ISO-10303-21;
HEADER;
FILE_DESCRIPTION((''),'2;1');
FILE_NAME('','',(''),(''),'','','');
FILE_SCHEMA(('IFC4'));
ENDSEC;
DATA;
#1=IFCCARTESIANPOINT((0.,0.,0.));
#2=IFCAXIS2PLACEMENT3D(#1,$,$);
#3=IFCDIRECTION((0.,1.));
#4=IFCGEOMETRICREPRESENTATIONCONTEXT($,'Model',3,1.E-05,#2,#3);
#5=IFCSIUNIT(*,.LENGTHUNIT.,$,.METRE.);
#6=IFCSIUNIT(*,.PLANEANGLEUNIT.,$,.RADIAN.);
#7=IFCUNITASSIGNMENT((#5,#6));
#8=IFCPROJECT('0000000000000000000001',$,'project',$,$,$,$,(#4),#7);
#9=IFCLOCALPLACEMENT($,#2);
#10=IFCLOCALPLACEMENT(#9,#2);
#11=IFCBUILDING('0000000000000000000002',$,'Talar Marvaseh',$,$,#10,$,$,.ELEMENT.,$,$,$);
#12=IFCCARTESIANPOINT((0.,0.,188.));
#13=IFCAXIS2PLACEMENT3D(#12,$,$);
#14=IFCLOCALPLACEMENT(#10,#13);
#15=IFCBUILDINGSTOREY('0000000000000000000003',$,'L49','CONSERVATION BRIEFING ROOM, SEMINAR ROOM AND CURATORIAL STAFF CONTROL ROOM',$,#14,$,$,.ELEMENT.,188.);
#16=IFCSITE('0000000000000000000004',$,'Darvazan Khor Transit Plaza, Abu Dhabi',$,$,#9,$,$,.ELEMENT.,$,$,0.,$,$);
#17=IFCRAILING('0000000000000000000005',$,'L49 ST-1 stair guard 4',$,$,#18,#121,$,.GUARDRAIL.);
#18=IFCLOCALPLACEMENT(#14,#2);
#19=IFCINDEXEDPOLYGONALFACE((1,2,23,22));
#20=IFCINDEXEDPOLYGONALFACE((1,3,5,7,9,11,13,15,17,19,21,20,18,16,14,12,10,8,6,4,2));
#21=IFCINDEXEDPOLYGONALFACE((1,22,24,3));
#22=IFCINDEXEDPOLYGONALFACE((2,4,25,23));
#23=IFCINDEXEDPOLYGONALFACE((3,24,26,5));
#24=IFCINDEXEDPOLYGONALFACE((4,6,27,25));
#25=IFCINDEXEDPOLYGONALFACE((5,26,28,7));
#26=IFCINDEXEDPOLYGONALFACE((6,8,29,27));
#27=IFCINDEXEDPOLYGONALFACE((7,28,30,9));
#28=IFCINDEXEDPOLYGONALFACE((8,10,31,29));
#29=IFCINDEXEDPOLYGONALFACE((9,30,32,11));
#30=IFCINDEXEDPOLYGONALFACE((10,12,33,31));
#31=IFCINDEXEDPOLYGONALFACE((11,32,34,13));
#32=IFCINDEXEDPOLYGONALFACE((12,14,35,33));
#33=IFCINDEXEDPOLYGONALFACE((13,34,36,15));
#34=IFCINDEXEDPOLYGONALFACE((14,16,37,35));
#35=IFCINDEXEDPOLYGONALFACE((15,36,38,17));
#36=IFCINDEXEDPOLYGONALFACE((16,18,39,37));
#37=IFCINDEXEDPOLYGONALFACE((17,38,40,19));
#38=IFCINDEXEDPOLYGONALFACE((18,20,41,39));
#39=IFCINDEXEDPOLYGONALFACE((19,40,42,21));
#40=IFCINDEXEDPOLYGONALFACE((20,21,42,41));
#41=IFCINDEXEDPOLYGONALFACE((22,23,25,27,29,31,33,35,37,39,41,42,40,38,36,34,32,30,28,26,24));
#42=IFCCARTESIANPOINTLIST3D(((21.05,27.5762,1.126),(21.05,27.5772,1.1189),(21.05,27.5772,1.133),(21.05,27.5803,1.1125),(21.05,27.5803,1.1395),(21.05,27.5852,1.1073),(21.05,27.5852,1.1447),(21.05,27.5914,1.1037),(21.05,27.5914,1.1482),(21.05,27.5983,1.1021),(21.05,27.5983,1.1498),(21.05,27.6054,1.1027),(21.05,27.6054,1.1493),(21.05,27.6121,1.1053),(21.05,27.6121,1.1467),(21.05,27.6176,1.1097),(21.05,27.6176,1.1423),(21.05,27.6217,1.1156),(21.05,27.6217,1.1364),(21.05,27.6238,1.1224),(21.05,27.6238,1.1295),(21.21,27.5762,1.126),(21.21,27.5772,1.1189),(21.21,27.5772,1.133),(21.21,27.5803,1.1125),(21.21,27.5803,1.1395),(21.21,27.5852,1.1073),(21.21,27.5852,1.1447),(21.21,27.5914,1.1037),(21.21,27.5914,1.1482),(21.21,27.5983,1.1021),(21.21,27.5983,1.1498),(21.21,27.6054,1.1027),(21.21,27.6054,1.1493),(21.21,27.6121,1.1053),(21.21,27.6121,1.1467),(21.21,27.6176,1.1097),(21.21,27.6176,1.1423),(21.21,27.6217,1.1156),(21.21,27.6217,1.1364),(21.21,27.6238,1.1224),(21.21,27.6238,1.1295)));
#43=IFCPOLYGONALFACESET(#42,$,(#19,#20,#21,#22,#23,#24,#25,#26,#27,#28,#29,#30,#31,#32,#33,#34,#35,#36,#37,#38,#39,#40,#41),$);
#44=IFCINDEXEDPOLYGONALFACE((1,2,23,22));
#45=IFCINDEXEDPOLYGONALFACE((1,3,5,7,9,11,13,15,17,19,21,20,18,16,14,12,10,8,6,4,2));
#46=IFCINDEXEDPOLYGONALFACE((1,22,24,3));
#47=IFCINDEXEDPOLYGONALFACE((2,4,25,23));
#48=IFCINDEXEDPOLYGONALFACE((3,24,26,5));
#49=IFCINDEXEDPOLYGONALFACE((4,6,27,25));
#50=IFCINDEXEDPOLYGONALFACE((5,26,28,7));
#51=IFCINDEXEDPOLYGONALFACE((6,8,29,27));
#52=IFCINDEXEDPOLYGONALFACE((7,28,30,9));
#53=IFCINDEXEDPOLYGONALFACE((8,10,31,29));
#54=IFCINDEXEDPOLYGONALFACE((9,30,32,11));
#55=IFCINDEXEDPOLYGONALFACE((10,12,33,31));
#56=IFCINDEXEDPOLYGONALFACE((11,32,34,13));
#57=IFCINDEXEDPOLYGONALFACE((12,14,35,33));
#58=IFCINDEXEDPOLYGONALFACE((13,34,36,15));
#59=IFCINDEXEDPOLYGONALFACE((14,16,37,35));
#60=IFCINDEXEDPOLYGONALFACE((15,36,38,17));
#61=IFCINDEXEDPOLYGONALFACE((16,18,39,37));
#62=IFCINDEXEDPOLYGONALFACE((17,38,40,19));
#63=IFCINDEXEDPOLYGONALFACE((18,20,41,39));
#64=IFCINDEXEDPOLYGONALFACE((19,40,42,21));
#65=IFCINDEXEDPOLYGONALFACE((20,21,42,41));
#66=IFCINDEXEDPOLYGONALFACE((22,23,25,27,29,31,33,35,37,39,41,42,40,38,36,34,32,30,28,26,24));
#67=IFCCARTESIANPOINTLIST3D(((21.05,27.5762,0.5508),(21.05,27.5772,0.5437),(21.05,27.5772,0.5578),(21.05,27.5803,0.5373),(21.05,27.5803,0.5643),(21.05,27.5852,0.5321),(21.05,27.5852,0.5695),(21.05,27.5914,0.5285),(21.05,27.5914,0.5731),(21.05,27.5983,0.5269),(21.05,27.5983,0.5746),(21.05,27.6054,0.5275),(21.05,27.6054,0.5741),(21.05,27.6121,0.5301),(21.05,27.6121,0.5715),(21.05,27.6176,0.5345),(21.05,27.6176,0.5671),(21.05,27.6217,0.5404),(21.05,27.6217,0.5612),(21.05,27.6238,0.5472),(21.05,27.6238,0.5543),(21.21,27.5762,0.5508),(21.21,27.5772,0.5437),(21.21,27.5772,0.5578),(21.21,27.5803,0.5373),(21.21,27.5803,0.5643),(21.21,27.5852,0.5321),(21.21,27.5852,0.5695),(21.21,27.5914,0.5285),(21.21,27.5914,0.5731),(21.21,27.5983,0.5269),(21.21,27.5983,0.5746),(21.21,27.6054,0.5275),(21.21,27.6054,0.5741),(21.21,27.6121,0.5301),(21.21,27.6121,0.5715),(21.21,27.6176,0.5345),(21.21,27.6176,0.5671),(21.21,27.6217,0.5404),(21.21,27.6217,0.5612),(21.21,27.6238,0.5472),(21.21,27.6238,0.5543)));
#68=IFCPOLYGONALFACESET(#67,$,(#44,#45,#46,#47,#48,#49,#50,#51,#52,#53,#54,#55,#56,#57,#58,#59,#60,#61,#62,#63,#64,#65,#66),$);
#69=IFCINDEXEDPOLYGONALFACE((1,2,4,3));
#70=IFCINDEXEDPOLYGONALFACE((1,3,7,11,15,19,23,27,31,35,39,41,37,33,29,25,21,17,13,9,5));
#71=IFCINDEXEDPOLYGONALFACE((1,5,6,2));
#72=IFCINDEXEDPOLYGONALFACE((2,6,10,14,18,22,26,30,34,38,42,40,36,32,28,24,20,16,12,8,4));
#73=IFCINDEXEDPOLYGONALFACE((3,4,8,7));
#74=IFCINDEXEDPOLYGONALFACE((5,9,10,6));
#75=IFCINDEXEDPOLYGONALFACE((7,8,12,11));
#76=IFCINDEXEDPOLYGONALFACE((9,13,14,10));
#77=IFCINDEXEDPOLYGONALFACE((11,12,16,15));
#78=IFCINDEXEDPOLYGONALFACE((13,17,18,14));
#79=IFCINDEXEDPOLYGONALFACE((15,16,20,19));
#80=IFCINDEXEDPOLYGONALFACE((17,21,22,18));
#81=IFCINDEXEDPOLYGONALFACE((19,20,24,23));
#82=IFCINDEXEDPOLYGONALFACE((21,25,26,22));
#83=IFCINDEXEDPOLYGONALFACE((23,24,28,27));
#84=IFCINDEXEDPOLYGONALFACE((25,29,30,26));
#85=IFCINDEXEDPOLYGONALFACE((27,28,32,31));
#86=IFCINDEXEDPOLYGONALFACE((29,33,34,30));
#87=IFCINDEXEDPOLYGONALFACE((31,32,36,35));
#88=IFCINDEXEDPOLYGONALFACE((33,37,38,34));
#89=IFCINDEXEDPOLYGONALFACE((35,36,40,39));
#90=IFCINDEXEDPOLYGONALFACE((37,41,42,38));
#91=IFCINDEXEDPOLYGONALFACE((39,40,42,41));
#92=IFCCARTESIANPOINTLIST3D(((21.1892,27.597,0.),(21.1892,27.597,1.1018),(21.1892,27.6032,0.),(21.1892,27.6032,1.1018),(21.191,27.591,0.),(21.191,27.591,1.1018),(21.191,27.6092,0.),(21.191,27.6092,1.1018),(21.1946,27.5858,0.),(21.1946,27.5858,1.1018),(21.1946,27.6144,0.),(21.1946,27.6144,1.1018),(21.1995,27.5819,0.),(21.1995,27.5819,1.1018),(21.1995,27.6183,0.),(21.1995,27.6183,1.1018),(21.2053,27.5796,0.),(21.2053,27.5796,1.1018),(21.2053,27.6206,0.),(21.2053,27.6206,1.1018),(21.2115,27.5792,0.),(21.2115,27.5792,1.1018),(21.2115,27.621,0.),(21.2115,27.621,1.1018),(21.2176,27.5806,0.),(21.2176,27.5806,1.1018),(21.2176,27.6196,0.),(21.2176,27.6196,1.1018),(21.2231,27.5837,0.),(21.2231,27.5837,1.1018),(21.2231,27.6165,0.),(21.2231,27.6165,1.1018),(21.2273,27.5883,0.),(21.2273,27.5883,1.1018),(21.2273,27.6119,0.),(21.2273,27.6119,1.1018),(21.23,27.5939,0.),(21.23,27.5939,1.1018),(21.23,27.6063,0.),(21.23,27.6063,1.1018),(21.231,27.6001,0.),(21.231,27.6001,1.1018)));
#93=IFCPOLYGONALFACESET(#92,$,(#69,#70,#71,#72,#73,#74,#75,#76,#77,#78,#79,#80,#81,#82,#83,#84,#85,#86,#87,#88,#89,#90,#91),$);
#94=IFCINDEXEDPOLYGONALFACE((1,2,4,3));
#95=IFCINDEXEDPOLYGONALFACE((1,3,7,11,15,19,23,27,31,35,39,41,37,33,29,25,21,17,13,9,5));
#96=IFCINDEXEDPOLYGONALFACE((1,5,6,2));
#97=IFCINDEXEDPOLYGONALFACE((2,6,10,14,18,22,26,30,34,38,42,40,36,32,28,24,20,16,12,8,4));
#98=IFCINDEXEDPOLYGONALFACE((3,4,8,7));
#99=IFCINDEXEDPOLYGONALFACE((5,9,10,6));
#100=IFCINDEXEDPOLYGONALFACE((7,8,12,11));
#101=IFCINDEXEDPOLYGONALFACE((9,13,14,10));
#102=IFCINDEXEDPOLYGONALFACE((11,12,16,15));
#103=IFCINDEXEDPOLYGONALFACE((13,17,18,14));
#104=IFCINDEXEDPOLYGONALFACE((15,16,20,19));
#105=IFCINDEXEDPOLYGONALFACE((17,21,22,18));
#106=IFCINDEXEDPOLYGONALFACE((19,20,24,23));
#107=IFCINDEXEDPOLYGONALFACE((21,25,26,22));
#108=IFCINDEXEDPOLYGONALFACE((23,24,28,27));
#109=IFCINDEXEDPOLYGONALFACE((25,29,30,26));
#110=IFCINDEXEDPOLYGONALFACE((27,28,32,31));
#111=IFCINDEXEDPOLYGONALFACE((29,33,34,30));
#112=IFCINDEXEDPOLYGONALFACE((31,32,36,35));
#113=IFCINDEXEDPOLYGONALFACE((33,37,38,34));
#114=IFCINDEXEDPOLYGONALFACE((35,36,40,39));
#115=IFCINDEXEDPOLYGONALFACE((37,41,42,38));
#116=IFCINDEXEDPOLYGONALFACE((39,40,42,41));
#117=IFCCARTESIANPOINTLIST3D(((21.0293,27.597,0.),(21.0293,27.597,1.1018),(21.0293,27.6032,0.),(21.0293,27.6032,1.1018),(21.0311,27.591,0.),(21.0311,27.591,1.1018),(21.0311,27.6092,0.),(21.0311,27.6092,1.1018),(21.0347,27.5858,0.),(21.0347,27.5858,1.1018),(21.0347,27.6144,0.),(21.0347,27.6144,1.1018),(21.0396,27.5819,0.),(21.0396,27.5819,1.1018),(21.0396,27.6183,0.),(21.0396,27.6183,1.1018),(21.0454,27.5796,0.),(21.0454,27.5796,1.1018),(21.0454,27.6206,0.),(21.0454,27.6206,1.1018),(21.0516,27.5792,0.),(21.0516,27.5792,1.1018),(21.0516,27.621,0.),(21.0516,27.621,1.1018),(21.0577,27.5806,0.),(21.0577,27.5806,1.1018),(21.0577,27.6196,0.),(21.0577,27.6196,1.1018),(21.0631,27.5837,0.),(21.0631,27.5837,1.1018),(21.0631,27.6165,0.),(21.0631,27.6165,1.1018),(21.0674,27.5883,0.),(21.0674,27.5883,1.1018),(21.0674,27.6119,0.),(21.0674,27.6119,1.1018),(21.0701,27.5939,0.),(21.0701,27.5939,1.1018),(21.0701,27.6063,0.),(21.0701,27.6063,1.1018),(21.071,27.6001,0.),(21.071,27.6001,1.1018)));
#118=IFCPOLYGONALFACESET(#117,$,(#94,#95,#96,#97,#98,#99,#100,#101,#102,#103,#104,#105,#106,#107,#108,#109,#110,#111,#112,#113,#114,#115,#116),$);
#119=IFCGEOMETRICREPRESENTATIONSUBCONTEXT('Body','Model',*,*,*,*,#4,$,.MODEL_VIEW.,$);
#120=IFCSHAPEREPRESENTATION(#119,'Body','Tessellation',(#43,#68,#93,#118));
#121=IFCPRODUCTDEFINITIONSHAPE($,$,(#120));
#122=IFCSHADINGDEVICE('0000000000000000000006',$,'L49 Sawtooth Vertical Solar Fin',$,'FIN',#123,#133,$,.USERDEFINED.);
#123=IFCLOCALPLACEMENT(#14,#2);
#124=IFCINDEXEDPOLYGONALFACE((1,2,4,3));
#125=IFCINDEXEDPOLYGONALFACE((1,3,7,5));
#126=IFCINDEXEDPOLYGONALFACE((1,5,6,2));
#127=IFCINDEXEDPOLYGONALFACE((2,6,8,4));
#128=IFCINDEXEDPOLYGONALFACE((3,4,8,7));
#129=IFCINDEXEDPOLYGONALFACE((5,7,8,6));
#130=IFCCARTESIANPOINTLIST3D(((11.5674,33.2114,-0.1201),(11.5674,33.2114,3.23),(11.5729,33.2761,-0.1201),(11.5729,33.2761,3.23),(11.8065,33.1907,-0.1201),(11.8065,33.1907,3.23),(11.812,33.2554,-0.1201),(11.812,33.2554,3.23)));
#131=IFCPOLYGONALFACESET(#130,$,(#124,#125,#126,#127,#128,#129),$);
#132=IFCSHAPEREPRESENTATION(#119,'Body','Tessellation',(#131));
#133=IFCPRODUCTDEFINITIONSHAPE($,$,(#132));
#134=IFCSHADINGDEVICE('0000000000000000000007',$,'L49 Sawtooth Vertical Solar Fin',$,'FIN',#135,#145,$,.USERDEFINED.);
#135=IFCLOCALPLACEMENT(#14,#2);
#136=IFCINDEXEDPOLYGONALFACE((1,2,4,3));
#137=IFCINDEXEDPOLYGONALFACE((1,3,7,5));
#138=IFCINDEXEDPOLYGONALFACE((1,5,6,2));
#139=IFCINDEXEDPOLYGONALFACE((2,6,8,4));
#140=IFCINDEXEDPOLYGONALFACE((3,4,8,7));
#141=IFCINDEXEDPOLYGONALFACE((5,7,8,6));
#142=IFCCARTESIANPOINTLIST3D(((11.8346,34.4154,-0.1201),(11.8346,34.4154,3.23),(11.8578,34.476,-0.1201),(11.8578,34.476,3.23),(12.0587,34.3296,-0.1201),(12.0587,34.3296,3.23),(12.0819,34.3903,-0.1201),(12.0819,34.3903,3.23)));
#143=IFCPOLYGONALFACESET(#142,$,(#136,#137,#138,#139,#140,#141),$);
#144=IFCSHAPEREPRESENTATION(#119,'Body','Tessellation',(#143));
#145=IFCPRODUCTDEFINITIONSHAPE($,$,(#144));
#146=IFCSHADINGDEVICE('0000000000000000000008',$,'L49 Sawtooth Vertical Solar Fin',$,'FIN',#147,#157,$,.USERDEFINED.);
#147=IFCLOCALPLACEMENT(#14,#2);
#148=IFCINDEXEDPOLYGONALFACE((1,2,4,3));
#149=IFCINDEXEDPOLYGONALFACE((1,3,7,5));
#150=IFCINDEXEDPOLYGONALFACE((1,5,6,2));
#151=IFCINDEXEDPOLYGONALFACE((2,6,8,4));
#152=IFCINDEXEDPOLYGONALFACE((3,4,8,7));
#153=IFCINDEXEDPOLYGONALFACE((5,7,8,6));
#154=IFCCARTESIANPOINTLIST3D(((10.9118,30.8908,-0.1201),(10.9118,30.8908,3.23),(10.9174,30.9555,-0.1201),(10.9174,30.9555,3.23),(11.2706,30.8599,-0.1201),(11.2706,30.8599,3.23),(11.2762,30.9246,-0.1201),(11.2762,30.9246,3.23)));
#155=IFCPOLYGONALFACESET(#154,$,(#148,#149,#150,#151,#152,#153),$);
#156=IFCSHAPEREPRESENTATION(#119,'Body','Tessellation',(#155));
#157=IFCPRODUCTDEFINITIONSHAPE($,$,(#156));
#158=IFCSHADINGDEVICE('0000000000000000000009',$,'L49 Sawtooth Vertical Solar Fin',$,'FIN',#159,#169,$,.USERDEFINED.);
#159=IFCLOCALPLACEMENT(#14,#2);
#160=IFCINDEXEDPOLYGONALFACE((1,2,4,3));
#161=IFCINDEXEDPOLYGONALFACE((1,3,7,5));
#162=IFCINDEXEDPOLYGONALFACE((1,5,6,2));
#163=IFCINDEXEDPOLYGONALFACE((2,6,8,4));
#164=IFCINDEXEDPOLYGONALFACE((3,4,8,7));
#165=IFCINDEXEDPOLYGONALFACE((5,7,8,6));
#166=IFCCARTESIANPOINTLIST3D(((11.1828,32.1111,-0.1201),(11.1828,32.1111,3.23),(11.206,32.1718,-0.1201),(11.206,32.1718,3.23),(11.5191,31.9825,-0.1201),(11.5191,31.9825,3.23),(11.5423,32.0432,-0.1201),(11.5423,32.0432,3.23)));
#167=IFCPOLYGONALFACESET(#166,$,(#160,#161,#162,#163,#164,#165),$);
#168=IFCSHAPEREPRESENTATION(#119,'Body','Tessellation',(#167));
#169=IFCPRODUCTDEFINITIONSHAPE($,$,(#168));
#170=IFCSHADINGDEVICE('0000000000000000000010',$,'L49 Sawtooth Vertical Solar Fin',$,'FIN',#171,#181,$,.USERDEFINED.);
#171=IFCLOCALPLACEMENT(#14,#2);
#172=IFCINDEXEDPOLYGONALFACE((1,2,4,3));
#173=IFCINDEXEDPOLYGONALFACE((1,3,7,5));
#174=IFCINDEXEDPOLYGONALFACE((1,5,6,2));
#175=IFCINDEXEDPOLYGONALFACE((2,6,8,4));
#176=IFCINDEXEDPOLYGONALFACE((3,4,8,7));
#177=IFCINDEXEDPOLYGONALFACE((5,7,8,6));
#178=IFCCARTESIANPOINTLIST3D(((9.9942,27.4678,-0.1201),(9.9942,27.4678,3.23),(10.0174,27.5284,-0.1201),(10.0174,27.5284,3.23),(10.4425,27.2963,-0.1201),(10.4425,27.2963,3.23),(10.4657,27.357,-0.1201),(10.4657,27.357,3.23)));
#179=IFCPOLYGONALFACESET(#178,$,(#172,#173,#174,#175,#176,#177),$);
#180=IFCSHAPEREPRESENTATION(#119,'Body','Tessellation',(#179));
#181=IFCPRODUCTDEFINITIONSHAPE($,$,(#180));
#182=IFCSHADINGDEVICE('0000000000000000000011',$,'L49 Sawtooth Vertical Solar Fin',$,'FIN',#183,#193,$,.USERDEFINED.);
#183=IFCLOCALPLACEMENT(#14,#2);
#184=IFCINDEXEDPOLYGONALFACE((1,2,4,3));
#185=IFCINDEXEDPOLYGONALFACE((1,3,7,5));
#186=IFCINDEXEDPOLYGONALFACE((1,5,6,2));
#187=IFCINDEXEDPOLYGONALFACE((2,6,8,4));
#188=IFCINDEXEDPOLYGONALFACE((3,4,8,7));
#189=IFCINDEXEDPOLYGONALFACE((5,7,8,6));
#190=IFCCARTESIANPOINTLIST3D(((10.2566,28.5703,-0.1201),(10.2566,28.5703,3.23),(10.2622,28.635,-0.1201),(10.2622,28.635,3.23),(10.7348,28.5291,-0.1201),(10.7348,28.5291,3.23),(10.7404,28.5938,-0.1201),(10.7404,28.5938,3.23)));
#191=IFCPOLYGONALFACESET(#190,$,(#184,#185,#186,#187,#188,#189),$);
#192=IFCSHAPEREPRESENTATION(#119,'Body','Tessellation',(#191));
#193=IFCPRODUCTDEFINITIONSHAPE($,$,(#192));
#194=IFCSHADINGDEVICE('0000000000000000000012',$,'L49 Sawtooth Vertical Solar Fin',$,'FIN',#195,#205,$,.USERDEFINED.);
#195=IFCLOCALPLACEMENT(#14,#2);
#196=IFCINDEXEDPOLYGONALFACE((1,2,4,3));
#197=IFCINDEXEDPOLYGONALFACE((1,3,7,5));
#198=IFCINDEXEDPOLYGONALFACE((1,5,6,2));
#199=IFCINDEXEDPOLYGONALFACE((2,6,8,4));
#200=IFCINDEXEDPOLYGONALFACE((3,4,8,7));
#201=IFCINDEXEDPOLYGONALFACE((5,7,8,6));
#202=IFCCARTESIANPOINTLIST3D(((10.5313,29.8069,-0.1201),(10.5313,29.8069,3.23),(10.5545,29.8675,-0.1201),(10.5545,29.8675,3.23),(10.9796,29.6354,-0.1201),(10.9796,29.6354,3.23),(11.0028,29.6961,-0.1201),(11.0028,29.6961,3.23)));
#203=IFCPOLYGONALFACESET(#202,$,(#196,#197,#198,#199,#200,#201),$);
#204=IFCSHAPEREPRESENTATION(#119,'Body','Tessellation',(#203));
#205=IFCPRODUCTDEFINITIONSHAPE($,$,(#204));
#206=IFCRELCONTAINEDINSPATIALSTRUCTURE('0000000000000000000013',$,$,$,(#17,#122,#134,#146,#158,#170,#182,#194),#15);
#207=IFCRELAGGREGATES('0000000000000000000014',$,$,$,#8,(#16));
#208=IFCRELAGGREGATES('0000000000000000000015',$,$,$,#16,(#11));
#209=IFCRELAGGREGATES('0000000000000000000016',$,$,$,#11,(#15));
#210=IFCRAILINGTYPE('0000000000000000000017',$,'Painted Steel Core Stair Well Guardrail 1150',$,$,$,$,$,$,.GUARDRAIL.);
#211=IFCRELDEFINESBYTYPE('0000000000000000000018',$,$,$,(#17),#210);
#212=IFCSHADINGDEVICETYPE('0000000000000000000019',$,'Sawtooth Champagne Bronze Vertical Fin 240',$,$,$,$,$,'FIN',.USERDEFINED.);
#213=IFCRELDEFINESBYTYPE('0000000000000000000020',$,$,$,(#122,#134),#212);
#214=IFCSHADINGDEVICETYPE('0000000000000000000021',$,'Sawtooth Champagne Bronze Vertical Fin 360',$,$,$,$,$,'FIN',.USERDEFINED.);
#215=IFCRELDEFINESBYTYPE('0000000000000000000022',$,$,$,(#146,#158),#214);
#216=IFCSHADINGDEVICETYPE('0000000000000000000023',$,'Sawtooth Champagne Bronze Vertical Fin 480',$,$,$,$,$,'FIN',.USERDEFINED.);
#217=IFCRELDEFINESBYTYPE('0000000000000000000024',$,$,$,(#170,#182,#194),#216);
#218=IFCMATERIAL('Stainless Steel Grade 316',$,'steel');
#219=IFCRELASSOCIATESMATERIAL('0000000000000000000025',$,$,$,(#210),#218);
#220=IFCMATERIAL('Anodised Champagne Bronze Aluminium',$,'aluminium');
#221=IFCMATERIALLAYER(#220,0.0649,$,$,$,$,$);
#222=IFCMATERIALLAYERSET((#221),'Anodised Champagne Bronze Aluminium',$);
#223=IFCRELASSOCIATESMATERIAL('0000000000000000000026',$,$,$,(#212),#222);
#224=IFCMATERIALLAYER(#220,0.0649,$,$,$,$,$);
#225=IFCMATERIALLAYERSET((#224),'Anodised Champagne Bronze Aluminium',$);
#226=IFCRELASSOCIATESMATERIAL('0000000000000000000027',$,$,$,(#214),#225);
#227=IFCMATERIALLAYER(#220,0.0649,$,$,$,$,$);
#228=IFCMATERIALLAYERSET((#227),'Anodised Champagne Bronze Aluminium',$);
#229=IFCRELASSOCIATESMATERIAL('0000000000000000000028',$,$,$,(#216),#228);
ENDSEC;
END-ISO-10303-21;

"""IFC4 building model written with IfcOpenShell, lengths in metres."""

from ifc_helpers import new_model, si_unit, direction, frame, origin, origin_2d, place, context, subcontext, project, spatial, rectangle, circle, extrude, source, transform, mapped, material, layer, layer_set, type_object, type_shapes, element, save


model = new_model("IFC4")

# Units and contexts
model_context = context("Model", 3, precision=1e-05, world=origin(), true_north=direction((0.0, 1.0)))
body_context = subcontext(model_context, "Body", "Model", "MODEL_VIEW")
ifc_project = project(units=[si_unit("LENGTHUNIT", "METRE"), si_unit("PLANEANGLEUNIT", "RADIAN")], contexts=[model_context])

# Site, building, storey
site_placement = place(None, origin())
site = spatial("IfcSite", under=ifc_project, at=site_placement, Name="Darvazan Khor Transit Plaza, Abu Dhabi", CompositionType="ELEMENT", RefElevation=0.0)
building_placement = place(site_placement, origin())
building = spatial("IfcBuilding", under=site, at=building_placement, Name="Talar Marvaseh", CompositionType="ELEMENT")
storey_placement = place(building_placement, frame((0.0, 0.0, 188.0)))
storey = spatial("IfcBuildingStorey", under=building, at=storey_placement, Name="L49", Description="CONSERVATION BRIEFING ROOM, SEMINAR ROOM AND CURATORIAL STAFF CONTROL ROOM", CompositionType="ELEMENT", Elevation=188.0)

# Railing
ifc_material_1 = material(Name="Stainless Steel Grade 316", Category="steel")
railing_type_1 = type_object("IfcRailingType", Name="Painted Steel Core Stair Well Guardrail 1150", PredefinedType="GUARDRAIL", material=ifc_material_1)
railing_1_placement = place(storey_placement, frame((21.21, 27.6001, 0.0)))
element("IfcRailing", 1, at=railing_1_placement, inside=storey, type_object=railing_type_1, Name="L49 ST-1 stair guard 4", PredefinedType="GUARDRAIL", context=body_context, shape_type="SweptSolid", body=[
    extrude(circle(Radius=0.0239, at=origin_2d()), frame((0.0, 0.0, 1.126), z_axis=(-1.0, 0.0, 0.0), x_axis=(0.0, -1.0, 0.0)), (0.0, 0.0, 1.0), 0.1599),
    extrude(circle(Radius=0.0239, at=origin_2d()), frame((0.0, 0.0, 0.5508), z_axis=(-1.0, 0.0, 0.0), x_axis=(0.0, -1.0, 0.0)), (0.0, 0.0, 1.0), 0.1599),
    extrude(circle(Radius=0.021, at=origin_2d()), origin(), (0.0, 0.0, 1.0), 1.1018),
    extrude(circle(Radius=0.021, at=origin_2d()), frame((-0.1599, 0.0, 0.0)), (0.0, 0.0, 1.0), 1.1018),
])

# Shading devices
ifc_material_2 = material(Name="Anodised Champagne Bronze Aluminium", Category="aluminium")
ifc_layer_1 = layer(ifc_material_2, 0.0649)
ifc_layer_set_1 = layer_set([ifc_layer_1], Name="Anodised Champagne Bronze Aluminium")
shading_device_type_1 = type_object("IfcShadingDeviceType", Name="Sawtooth Champagne Bronze Vertical Fin 240", ElementType="FIN", PredefinedType="USERDEFINED", material=ifc_layer_set_1)
shared_shape_1 = source(origin(), body_context, "Body", "SweptSolid", [
    extrude(rectangle(XDim=0.24, YDim=0.0649, at=origin_2d()), origin(), (0.0, 0.0, 1.0), 3.3501),
])
type_shapes(shading_device_type_1, [shared_shape_1])
for number, where, z_axis, x_axis, name in (
    (2, (11.6897, 33.2334, -0.1201), (0.0, 0.0, 1.0), (-0.9963, 0.085939, 0.0), "L49 Sawtooth Vertical Solar Fin"),
    (3, (11.9583, 34.4028, -0.1201), (0.0, 0.0, 1.0), (-0.934018, 0.357227, 0.0), "L49 Sawtooth Vertical Solar Fin"),
):
    element("IfcShadingDevice", number, at=place(storey_placement, frame(where, z_axis=z_axis, x_axis=x_axis)), inside=storey, type_object=shading_device_type_1, Name=name, ObjectType="FIN", PredefinedType="USERDEFINED", context=body_context, shape_type="MappedRepresentation", body=[
        mapped(shared_shape_1, transform((0.0, 0.0, 0.0), x_axis=(1.0, 0.0, 0.0), y_axis=(0.0, 1.0, 0.0), z_axis=(0.0, 0.0, 1.0), scale=1.0)),
    ])
ifc_layer_2 = layer(ifc_material_2, 0.0649)
ifc_layer_set_2 = layer_set([ifc_layer_2], Name="Anodised Champagne Bronze Aluminium")
shading_device_type_2 = type_object("IfcShadingDeviceType", Name="Sawtooth Champagne Bronze Vertical Fin 360", ElementType="FIN", PredefinedType="USERDEFINED", material=ifc_layer_set_2)
shared_shape_2 = source(origin(), body_context, "Body", "SweptSolid", [
    extrude(rectangle(XDim=0.3601, YDim=0.0649, at=origin_2d()), origin(), (0.0, 0.0, 1.0), 3.3501),
])
type_shapes(shading_device_type_2, [shared_shape_2])
for number, where, z_axis, x_axis, name in (
    (4, (11.094, 30.9077, -0.1201), (0.0, 0.0, 1.0), (-0.9963, 0.085939, 0.0), "L49 Sawtooth Vertical Solar Fin"),
    (5, (11.3625, 32.0771, -0.1201), (0.0, 0.0, 1.0), (-0.934018, 0.357227, 0.0), "L49 Sawtooth Vertical Solar Fin"),
):
    element("IfcShadingDevice", number, at=place(storey_placement, frame(where, z_axis=z_axis, x_axis=x_axis)), inside=storey, type_object=shading_device_type_2, Name=name, ObjectType="FIN", PredefinedType="USERDEFINED", context=body_context, shape_type="MappedRepresentation", body=[
        mapped(shared_shape_2, transform((0.0, 0.0, 0.0), x_axis=(1.0, 0.0, 0.0), y_axis=(0.0, 1.0, 0.0), z_axis=(0.0, 0.0, 1.0), scale=1.0)),
    ])
ifc_layer_3 = layer(ifc_material_2, 0.0649)
ifc_layer_set_3 = layer_set([ifc_layer_3], Name="Anodised Champagne Bronze Aluminium")
shading_device_type_3 = type_object("IfcShadingDeviceType", Name="Sawtooth Champagne Bronze Vertical Fin 480", ElementType="FIN", PredefinedType="USERDEFINED", material=ifc_layer_set_3)
shared_shape_3 = source(origin(), body_context, "Body", "SweptSolid", [
    extrude(rectangle(XDim=0.48, YDim=0.0649, at=origin_2d()), origin(), (0.0, 0.0, 1.0), 3.3501),
])
type_shapes(shading_device_type_3, [shared_shape_3])
for number, where, z_axis, x_axis, name in (
    (6, (10.23, 27.4124, -0.1201), (0.0, 0.0, 1.0), (-0.934018, 0.357227, 0.0), "L49 Sawtooth Vertical Solar Fin"),
    (7, (10.4985, 28.582, -0.1201), (0.0, 0.0, 1.0), (-0.9963, 0.085939, 0.0), "L49 Sawtooth Vertical Solar Fin"),
    (8, (10.7671, 29.7515, -0.1201), (0.0, 0.0, 1.0), (-0.934018, 0.357227, 0.0), "L49 Sawtooth Vertical Solar Fin"),
):
    element("IfcShadingDevice", number, at=place(storey_placement, frame(where, z_axis=z_axis, x_axis=x_axis)), inside=storey, type_object=shading_device_type_3, Name=name, ObjectType="FIN", PredefinedType="USERDEFINED", context=body_context, shape_type="MappedRepresentation", body=[
        mapped(shared_shape_3, transform((0.0, 0.0, 0.0), x_axis=(1.0, 0.0, 0.0), y_axis=(0.0, 1.0, 0.0), z_axis=(0.0, 0.0, 1.0), scale=1.0)),
    ])

save(model, "model.ifc")
